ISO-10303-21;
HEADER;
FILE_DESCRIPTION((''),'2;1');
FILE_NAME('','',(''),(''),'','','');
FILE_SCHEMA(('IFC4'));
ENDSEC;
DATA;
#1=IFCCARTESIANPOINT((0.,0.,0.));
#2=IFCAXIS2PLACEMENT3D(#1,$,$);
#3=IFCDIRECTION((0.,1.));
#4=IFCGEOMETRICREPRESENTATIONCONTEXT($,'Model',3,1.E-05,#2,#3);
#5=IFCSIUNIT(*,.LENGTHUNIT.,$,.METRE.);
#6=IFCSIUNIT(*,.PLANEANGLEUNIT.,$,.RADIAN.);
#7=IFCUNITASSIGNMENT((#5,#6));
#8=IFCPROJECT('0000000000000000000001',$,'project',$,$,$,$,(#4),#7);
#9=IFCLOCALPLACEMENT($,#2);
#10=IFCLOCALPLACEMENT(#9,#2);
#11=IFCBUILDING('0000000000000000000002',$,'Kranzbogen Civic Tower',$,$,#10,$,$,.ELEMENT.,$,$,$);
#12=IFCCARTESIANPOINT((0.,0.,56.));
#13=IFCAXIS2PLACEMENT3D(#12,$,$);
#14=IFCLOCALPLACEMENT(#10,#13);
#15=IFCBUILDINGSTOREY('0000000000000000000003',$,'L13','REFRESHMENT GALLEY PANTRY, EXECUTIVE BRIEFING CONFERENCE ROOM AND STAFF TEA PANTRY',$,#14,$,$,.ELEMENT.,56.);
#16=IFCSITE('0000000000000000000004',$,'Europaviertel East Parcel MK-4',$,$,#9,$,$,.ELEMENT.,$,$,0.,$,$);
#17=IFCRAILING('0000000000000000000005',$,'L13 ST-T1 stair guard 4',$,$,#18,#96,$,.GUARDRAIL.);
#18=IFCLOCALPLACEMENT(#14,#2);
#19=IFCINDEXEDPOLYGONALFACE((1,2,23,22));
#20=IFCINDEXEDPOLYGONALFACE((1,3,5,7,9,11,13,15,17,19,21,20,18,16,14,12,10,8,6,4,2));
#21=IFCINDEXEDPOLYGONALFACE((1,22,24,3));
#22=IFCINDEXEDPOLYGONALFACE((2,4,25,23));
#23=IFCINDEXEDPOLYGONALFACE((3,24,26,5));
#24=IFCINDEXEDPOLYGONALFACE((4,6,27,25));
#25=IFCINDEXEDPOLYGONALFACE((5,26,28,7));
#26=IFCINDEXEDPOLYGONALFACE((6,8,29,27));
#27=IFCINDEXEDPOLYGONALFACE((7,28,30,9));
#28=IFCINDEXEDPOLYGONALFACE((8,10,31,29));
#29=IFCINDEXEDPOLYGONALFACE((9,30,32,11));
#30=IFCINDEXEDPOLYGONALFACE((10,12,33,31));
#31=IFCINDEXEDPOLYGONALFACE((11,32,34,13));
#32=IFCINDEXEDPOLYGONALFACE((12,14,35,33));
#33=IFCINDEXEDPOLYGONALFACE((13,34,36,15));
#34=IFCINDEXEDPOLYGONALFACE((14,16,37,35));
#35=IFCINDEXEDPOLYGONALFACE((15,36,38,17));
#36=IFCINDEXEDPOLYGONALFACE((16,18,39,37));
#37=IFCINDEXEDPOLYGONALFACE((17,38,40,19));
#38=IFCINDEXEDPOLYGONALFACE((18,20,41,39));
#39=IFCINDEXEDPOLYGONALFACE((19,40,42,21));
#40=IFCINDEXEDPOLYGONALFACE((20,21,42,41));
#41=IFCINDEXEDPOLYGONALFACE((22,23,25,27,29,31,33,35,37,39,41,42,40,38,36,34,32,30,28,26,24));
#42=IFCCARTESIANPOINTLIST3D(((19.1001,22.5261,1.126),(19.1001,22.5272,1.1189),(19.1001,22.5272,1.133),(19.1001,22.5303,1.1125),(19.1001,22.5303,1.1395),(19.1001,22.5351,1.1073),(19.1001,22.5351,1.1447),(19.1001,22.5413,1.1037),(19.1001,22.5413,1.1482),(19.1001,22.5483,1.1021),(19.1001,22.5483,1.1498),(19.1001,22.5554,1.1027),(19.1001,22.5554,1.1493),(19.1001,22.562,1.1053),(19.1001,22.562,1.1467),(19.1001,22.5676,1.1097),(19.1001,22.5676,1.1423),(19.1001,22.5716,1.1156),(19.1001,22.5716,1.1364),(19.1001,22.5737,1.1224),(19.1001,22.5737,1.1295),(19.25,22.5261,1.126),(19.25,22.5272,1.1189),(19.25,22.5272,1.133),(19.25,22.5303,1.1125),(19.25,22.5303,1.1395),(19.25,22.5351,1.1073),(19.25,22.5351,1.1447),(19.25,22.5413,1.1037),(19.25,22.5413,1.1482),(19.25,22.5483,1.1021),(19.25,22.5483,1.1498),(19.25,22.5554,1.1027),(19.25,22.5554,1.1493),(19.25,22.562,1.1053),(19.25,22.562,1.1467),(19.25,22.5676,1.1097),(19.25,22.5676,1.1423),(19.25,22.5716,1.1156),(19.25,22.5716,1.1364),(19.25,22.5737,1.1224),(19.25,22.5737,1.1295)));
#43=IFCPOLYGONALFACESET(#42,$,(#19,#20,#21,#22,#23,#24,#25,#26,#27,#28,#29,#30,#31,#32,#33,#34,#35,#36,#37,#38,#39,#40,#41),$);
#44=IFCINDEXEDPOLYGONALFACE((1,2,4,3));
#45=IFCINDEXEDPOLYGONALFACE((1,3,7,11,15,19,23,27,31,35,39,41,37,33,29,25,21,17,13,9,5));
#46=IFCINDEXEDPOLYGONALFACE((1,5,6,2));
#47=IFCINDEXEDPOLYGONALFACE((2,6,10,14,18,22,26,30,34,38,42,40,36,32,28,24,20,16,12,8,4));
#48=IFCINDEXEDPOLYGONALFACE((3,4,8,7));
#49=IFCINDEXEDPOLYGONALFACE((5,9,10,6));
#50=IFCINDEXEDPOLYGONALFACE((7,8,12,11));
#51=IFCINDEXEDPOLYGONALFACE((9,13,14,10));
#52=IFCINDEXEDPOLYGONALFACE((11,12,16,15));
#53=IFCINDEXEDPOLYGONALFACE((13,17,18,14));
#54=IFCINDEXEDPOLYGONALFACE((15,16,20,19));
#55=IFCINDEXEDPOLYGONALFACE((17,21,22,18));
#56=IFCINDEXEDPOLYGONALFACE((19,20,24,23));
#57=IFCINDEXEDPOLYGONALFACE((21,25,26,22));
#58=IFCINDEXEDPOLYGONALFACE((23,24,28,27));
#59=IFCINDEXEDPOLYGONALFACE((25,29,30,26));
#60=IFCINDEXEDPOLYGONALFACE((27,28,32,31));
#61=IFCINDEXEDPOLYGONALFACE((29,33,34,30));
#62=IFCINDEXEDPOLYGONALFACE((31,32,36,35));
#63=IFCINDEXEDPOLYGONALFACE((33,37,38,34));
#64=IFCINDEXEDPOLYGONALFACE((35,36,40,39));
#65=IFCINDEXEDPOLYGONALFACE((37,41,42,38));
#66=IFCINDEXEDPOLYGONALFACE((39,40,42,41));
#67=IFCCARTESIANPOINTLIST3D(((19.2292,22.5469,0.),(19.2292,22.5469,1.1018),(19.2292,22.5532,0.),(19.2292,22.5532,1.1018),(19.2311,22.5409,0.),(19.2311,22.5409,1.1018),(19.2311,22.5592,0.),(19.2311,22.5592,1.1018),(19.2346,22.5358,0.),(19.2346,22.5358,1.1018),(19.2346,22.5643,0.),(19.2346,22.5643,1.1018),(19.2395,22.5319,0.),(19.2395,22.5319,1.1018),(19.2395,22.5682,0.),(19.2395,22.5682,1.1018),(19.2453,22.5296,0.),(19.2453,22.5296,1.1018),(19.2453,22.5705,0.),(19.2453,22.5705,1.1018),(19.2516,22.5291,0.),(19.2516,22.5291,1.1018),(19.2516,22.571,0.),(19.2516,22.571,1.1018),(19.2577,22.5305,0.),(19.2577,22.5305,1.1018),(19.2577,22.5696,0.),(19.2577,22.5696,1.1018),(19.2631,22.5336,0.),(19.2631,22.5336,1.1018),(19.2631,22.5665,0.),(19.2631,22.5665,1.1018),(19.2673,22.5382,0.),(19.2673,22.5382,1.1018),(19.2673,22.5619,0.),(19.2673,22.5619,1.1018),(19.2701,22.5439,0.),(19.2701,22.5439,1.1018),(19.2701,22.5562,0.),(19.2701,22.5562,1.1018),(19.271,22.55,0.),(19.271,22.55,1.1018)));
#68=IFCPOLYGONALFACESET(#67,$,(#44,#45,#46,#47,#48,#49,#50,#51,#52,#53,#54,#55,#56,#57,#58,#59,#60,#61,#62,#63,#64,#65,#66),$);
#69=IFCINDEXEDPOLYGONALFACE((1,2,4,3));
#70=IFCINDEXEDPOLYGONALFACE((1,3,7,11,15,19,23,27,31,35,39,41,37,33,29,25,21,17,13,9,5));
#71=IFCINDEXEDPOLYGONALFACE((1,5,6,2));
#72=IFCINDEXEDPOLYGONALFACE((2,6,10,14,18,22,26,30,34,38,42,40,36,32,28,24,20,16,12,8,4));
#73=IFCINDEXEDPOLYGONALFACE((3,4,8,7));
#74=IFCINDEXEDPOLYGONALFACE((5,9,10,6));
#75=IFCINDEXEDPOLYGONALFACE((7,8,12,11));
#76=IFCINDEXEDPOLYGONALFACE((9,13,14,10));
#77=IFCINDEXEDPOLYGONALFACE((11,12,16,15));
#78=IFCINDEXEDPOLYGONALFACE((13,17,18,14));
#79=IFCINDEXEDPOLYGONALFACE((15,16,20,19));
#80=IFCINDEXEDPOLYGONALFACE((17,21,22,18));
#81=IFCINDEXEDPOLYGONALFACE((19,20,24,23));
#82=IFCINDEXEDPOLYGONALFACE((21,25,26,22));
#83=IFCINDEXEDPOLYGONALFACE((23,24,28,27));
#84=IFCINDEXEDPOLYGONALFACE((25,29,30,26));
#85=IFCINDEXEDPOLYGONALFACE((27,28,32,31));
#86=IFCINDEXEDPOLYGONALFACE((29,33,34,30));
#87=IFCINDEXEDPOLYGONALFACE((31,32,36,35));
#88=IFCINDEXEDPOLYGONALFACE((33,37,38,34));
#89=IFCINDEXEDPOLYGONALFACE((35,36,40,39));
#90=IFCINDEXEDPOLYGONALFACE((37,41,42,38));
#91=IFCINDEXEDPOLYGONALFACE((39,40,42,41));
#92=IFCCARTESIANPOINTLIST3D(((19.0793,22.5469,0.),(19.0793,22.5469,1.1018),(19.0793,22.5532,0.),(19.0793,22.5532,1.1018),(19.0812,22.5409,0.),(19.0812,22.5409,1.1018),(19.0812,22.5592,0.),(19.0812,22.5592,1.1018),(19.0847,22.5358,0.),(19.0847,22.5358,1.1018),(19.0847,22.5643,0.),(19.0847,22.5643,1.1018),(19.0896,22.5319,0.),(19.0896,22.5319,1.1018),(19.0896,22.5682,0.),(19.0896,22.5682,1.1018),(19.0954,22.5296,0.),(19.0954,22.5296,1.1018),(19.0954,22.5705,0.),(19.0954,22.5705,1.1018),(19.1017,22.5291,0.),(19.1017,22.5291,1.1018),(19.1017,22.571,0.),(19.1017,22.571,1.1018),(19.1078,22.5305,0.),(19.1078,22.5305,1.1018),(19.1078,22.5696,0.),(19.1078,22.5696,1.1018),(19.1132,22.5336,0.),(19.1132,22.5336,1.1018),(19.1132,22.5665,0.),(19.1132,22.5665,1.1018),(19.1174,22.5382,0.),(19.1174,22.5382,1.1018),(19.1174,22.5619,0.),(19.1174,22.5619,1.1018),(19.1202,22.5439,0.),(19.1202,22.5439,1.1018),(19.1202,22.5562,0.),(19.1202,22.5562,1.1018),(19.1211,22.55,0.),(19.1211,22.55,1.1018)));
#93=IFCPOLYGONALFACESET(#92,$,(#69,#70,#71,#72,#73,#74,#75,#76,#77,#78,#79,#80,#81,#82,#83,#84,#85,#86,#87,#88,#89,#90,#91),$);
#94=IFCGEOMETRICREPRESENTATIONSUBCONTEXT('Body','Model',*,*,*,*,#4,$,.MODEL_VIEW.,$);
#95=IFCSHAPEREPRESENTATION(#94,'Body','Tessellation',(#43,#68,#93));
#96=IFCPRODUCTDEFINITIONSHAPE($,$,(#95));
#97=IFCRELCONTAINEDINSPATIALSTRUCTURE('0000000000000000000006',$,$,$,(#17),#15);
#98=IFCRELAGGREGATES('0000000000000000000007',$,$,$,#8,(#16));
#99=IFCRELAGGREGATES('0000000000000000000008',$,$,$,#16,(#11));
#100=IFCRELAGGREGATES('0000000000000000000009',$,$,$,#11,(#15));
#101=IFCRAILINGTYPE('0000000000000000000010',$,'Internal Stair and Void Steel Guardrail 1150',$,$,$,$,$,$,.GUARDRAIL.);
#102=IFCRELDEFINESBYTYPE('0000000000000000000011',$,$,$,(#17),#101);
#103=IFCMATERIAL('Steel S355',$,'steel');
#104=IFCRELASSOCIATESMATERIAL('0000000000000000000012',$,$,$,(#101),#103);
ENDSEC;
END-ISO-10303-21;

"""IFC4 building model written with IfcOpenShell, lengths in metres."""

from ifc_helpers import new_model, si_unit, direction, frame, origin, origin_2d, place, context, subcontext, project, spatial, circle, extrude, material, type_object, element, save


model = new_model("IFC4")

# Units and contexts
model_context = context("Model", 3, precision=1e-05, world=origin(), true_north=direction((0.0, 1.0)))
body_context = subcontext(model_context, "Body", "Model", "MODEL_VIEW")
ifc_project = project(units=[si_unit("LENGTHUNIT", "METRE"), si_unit("PLANEANGLEUNIT", "RADIAN")], contexts=[model_context])

# Site, building, storey
site_placement = place(None, origin())
site = spatial("IfcSite", under=ifc_project, at=site_placement, Name="Europaviertel East Parcel MK-4", CompositionType="ELEMENT", RefElevation=0.0)
building_placement = place(site_placement, origin())
building = spatial("IfcBuilding", under=site, at=building_placement, Name="Kranzbogen Civic Tower", CompositionType="ELEMENT")
storey_placement = place(building_placement, frame((0.0, 0.0, 56.0)))
storey = spatial("IfcBuildingStorey", under=building, at=storey_placement, Name="L13", Description="REFRESHMENT GALLEY PANTRY, EXECUTIVE BRIEFING CONFERENCE ROOM AND STAFF TEA PANTRY", CompositionType="ELEMENT", Elevation=56.0)

# Shared definitions
ifc_material_1 = material(Name="Steel S355", Category="steel")

# Railing
railing_type_1 = type_object("IfcRailingType", Name="Internal Stair and Void Steel Guardrail 1150", PredefinedType="GUARDRAIL", material=ifc_material_1)
railing_1_placement = place(storey_placement, frame((19.25, 22.55, 0.0)))
element("IfcRailing", 1, at=railing_1_placement, inside=storey, type_object=railing_type_1, Name="L13 ST-T1 stair guard 4", PredefinedType="GUARDRAIL", context=body_context, shape_type="SweptSolid", body=[
    extrude(circle(Radius=0.0239, at=origin_2d()), frame((0.0, 0.0, 1.126), z_axis=(-1.0, 0.0, 0.0), x_axis=(0.0, -1.0, 0.0)), (0.0, 0.0, 1.0), 0.1499),
    extrude(circle(Radius=0.021, at=origin_2d()), origin(), (0.0, 0.0, 1.0), 1.1018),
    extrude(circle(Radius=0.021, at=origin_2d()), frame((-0.1499, 0.0, 0.0)), (0.0, 0.0, 1.0), 1.1018),
])

save(model, "model.ifc")
